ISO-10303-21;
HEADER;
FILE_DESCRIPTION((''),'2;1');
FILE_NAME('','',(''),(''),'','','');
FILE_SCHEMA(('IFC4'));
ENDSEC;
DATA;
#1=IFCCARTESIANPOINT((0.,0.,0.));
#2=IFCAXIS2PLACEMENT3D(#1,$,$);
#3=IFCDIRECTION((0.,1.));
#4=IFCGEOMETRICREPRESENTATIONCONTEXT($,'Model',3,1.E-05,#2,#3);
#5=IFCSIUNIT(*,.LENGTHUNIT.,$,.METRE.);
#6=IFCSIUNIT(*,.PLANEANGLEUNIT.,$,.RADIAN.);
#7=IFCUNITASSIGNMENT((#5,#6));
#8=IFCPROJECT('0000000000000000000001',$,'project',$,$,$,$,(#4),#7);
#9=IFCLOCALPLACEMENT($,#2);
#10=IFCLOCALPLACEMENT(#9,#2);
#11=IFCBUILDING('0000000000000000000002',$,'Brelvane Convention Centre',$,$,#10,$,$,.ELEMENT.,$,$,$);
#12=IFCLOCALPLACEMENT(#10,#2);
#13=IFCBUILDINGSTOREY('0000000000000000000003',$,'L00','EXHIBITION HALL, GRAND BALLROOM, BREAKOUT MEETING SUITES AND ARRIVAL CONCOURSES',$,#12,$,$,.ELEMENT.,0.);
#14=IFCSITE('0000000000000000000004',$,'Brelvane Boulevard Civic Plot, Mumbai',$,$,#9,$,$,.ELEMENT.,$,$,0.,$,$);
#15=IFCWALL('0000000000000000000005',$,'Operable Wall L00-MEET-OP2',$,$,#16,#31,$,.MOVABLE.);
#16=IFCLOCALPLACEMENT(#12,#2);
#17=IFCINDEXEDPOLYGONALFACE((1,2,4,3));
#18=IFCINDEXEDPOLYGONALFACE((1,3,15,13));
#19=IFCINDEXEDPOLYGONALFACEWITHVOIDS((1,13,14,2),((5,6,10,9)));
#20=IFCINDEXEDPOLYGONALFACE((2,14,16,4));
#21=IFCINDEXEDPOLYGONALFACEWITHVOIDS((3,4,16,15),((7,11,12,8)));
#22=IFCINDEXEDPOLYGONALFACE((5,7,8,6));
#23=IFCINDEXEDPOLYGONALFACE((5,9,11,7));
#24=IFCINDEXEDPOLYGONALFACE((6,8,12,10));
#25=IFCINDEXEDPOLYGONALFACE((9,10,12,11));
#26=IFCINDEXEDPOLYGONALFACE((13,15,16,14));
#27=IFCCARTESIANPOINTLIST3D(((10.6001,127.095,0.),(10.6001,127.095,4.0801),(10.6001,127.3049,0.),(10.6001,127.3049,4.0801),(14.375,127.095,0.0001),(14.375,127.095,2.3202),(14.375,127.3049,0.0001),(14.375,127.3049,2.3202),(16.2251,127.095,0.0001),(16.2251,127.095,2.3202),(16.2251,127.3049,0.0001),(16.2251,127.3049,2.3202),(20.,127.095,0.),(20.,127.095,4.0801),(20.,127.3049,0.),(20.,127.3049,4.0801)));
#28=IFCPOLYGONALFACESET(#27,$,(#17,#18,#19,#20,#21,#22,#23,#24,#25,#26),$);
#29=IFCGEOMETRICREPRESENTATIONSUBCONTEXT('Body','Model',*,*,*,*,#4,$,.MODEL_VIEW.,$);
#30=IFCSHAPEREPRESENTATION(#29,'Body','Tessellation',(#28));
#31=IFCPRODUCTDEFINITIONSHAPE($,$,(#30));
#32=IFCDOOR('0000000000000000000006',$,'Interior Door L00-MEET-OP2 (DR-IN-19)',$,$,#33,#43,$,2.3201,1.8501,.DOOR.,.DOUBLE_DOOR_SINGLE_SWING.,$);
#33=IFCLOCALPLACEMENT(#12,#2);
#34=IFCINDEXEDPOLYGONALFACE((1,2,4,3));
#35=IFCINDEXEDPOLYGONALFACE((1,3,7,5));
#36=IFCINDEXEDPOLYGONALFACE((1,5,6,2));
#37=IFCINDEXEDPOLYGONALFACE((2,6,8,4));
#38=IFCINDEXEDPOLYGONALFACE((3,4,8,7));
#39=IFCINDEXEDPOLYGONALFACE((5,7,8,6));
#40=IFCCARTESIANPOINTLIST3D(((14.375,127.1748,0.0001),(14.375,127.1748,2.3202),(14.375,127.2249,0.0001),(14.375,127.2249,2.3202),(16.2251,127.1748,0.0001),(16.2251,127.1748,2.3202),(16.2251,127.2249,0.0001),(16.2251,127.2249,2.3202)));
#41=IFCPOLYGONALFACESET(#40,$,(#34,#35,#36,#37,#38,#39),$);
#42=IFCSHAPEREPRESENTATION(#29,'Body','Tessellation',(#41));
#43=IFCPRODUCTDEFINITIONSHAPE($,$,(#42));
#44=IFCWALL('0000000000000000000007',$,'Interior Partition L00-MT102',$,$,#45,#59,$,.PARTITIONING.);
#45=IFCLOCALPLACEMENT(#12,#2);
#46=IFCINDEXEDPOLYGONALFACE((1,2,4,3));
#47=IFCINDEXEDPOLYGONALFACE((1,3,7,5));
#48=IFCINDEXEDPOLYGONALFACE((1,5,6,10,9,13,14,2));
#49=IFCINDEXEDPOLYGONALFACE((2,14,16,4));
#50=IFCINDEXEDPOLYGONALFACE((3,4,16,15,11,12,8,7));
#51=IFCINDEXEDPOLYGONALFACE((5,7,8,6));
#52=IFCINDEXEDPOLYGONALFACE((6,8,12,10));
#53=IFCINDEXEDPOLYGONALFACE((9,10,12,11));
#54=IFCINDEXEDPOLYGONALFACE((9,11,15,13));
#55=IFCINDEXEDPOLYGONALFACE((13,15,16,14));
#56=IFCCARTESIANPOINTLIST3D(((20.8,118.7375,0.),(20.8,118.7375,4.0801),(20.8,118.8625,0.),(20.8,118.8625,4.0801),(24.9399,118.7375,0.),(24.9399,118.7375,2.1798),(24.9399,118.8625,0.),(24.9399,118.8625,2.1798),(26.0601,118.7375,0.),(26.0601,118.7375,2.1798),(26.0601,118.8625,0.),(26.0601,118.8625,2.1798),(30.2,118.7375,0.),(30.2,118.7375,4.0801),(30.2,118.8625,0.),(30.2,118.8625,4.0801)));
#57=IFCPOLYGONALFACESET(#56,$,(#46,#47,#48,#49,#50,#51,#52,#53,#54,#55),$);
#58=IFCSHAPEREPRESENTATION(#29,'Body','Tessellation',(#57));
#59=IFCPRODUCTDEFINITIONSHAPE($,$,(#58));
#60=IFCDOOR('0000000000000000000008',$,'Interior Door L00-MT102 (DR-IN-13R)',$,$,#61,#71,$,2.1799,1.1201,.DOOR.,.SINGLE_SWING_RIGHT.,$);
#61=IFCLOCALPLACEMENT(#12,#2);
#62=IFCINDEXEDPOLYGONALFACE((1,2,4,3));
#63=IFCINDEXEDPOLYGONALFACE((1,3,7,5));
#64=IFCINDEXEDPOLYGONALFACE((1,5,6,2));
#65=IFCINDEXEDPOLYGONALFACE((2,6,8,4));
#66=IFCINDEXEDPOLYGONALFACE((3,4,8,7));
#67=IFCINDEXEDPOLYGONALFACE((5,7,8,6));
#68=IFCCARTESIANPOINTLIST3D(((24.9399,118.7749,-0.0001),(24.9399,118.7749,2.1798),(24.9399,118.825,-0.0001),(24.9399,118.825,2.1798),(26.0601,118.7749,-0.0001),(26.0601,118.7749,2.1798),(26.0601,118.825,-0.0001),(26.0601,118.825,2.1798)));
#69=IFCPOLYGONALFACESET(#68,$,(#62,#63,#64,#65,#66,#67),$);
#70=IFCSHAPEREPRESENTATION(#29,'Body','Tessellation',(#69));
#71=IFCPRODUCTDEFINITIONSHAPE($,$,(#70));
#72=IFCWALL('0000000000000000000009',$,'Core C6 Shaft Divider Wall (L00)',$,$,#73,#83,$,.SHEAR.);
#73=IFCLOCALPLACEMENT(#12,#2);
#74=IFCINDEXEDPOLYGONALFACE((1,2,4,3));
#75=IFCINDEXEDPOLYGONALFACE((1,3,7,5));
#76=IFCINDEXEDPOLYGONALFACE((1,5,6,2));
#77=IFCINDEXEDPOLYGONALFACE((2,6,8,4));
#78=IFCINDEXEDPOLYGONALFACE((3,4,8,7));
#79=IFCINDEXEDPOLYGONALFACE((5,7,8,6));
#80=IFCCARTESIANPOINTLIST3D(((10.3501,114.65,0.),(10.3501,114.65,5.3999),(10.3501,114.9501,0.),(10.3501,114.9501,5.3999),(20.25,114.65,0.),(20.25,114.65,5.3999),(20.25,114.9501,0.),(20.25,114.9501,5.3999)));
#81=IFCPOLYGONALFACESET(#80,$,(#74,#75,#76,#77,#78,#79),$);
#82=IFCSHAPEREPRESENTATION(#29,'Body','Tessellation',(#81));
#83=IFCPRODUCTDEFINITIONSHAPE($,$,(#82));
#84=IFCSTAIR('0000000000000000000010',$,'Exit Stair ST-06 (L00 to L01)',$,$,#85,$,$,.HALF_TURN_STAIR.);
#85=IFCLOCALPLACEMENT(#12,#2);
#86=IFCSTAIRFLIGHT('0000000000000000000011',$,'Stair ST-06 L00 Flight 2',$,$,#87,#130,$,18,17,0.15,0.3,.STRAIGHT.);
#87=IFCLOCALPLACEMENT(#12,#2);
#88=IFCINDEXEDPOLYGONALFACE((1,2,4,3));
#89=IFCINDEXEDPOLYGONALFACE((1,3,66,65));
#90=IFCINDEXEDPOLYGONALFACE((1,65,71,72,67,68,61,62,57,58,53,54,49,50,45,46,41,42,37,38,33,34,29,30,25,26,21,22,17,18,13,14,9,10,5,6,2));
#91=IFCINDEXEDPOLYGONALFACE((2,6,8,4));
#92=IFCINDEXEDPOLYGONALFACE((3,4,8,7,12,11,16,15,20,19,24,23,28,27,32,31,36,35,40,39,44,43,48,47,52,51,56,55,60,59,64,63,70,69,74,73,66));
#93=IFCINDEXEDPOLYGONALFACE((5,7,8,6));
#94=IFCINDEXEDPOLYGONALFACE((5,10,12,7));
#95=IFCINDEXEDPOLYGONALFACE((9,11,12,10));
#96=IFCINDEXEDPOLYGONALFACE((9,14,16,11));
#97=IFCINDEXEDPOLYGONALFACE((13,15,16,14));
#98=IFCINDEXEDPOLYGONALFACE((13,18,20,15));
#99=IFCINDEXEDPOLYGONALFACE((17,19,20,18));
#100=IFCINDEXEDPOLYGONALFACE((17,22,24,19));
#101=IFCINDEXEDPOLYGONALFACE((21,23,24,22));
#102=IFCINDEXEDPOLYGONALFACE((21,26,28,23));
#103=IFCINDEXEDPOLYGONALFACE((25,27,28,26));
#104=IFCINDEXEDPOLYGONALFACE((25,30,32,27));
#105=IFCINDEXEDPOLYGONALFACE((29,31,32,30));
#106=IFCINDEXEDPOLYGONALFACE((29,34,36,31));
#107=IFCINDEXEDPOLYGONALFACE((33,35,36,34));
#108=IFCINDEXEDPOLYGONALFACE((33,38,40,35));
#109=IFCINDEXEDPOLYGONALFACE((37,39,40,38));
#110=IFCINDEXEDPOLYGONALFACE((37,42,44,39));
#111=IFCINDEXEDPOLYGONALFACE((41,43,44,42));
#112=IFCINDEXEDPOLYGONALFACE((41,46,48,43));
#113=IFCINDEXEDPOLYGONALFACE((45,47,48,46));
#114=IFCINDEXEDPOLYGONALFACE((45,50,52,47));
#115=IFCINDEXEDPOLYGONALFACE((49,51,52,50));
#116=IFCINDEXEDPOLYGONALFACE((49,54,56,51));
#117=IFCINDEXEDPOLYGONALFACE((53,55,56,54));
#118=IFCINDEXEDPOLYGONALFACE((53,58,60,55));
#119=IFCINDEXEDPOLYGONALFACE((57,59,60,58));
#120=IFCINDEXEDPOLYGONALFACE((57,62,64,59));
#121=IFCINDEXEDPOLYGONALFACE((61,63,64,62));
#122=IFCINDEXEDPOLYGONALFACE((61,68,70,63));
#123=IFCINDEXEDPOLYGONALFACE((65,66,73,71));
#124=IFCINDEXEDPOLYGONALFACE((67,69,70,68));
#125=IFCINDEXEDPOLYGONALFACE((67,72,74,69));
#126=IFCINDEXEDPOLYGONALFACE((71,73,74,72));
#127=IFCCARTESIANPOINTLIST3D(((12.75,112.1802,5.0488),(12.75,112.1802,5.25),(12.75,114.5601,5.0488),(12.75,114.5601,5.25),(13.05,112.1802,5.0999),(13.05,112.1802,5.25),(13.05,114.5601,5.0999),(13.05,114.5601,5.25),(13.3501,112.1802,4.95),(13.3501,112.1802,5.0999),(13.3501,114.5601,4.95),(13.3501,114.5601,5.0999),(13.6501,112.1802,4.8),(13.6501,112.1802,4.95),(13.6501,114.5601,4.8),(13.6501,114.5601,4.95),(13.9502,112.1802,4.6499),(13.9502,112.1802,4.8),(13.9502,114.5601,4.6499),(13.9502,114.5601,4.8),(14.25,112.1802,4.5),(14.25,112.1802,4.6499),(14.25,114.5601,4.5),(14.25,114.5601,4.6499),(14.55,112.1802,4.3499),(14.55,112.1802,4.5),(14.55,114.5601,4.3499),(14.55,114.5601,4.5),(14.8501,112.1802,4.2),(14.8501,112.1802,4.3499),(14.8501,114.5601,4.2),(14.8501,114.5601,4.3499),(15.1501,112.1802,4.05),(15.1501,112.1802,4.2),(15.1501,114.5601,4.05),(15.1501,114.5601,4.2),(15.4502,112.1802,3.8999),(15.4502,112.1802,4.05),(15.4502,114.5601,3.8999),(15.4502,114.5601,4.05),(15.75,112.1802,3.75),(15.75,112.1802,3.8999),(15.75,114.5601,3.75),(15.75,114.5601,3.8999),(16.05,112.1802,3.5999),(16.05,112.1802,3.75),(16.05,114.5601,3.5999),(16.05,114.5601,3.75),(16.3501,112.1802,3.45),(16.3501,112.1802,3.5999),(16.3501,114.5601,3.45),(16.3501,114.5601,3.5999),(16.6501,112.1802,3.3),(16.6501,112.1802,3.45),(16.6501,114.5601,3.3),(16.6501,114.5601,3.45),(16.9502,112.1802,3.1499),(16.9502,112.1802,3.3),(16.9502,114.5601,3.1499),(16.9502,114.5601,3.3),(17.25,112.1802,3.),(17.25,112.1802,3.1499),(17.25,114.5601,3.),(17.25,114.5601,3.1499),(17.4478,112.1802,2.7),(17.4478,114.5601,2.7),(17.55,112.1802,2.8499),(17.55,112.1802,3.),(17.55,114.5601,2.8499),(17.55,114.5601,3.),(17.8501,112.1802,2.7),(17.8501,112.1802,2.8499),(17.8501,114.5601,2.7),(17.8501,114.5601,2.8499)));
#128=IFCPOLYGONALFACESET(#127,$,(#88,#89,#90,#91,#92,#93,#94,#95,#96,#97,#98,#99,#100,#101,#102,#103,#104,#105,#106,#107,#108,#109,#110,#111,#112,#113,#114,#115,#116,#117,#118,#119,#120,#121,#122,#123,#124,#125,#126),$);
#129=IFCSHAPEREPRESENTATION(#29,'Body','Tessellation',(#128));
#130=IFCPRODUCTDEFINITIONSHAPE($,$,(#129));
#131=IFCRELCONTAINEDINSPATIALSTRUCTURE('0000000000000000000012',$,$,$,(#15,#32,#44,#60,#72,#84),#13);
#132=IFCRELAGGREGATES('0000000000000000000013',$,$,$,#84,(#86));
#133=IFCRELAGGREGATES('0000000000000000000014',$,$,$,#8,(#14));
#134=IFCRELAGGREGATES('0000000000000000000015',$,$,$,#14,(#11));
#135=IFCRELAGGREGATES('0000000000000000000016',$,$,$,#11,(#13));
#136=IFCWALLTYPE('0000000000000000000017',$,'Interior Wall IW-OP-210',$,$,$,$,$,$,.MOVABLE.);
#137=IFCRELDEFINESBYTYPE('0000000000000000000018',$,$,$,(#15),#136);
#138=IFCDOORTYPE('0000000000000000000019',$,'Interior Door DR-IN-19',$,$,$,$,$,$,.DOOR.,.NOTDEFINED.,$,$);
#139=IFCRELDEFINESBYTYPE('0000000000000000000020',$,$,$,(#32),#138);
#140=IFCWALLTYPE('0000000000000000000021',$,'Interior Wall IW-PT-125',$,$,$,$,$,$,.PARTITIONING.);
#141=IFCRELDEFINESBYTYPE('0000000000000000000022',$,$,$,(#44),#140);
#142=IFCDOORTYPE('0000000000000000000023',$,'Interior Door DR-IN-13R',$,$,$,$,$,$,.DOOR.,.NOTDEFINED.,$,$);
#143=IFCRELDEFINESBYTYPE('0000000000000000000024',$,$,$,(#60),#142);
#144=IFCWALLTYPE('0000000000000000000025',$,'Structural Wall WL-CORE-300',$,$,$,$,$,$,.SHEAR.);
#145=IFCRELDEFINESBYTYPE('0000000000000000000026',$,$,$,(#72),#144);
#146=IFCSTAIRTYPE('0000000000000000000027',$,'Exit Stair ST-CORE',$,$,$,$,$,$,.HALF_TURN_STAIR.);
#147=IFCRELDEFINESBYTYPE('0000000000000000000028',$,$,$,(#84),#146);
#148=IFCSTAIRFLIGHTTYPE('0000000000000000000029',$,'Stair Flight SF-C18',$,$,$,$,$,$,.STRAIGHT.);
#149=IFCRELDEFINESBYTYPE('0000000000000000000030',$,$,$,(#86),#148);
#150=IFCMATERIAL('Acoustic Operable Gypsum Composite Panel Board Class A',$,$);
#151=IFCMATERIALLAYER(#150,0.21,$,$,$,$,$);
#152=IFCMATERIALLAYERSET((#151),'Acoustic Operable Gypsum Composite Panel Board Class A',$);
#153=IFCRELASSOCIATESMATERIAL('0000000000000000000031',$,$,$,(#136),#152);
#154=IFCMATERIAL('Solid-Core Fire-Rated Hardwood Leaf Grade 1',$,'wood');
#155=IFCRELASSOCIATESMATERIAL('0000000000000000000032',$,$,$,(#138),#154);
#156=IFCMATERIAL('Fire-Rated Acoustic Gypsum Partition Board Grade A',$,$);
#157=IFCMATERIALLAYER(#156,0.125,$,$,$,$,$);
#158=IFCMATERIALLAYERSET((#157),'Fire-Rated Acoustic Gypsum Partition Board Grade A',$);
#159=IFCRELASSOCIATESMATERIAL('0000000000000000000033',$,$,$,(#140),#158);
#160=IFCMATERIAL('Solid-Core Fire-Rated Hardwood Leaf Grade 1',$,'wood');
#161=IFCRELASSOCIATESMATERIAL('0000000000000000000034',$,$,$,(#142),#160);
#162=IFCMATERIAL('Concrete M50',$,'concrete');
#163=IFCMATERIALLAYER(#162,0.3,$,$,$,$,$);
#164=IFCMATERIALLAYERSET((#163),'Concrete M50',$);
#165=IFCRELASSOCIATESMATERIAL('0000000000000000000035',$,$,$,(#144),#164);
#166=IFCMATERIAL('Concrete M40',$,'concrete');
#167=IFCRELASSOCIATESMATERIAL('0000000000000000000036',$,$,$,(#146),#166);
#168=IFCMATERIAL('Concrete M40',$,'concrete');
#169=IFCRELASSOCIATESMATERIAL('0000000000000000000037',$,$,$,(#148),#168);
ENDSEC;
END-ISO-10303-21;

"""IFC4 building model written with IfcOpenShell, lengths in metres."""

from ifc_helpers import new_model, si_unit, direction, frame, frame_2d, origin, place, context, subcontext, project, spatial, polyline, rectangle, outline, extrude, material, layer, layer_set, type_object, element, fill, aggregate, save


model = new_model("IFC4")

# Units and contexts
model_context = context("Model", 3, precision=1e-05, world=origin(), true_north=direction((0.0, 1.0)))
body_context = subcontext(model_context, "Body", "Model", "MODEL_VIEW")
ifc_project = project(units=[si_unit("LENGTHUNIT", "METRE"), si_unit("PLANEANGLEUNIT", "RADIAN")], contexts=[model_context])

# Site, building, storey
site_placement = place(None, origin())
site = spatial("IfcSite", under=ifc_project, at=site_placement, Name="Brelvane Boulevard Civic Plot, Mumbai", CompositionType="ELEMENT", RefElevation=0.0)
building_placement = place(site_placement, origin())
building = spatial("IfcBuilding", under=site, at=building_placement, Name="Brelvane Convention Centre", CompositionType="ELEMENT")
storey_placement = place(building_placement, origin())
storey = spatial("IfcBuildingStorey", under=building, at=storey_placement, Name="L00", Description="EXHIBITION HALL, GRAND BALLROOM, BREAKOUT MEETING SUITES AND ARRIVAL CONCOURSES", CompositionType="ELEMENT", Elevation=0.0)

# Walls, openings, doors
ifc_material_1 = material(Name="Acoustic Operable Gypsum Composite Panel Board Class A")
ifc_layer_1 = layer(ifc_material_1, 0.21)
ifc_layer_set_1 = layer_set([ifc_layer_1], Name="Acoustic Operable Gypsum Composite Panel Board Class A")
wall_type_1 = type_object("IfcWallType", Name="Interior Wall IW-OP-210", PredefinedType="MOVABLE", material=ifc_layer_set_1)
wall_1_placement = place(storey_placement, frame((10.6001, 127.2, 0.0), z_axis=(0.0, 0.0, 1.0), x_axis=(1.0, 0.0, 0.0)))
wall_1 = element("IfcWall", 1, at=wall_1_placement, inside=storey, type_object=wall_type_1, Name="Operable Wall L00-MEET-OP2", PredefinedType="MOVABLE", context=body_context, shape_type="SweptSolid", body=[
    extrude(rectangle(XDim=9.3999, YDim=0.21, at=frame_2d((4.7, 0.0))), origin(), (0.0, 0.0, 1.0), 4.0801),
])
opening_1_placement = place(wall_1_placement, frame((3.7749, 0.0, 0.0)))
opening_1 = element("IfcOpeningElement", 2, at=opening_1_placement, cuts=wall_1, PredefinedType="OPENING", context=body_context, shape_type="SweptSolid", body=[
    extrude(rectangle(XDim=1.8501, YDim=2.3201, at=frame_2d((0.925, 1.1602))), frame((0.0, 0.115, 0.0), z_axis=(0.0, -1.0, 0.0), x_axis=(1.0, 0.0, 0.0)), (0.0, 0.0, 1.0), 0.23),
])
ifc_material_2 = material(Name="Solid-Core Fire-Rated Hardwood Leaf Grade 1", Category="wood")
door_type_1 = type_object("IfcDoorType", Name="Interior Door DR-IN-19", OperationType="NOTDEFINED", PredefinedType="DOOR", material=ifc_material_2)
door_1_placement = place(opening_1_placement, origin())
door_1 = element("IfcDoor", 3, at=door_1_placement, inside=storey, type_object=door_type_1, Name="Interior Door L00-MEET-OP2 (DR-IN-19)", OperationType="DOUBLE_DOOR_SINGLE_SWING", OverallHeight=2.3201, OverallWidth=1.8501, PredefinedType="DOOR", context=body_context, shape_type="SweptSolid", body=[
    extrude(rectangle(XDim=1.8501, YDim=2.3201, at=frame_2d((0.925, 1.1602))), frame((0.0, 0.0249, 0.0), z_axis=(0.0, -1.0, 0.0), x_axis=(1.0, 0.0, 0.0)), (0.0, 0.0, 1.0), 0.05),
])
fill(opening_1, door_1)
ifc_material_3 = material(Name="Fire-Rated Acoustic Gypsum Partition Board Grade A")
ifc_layer_2 = layer(ifc_material_3, 0.125)
ifc_layer_set_2 = layer_set([ifc_layer_2], Name="Fire-Rated Acoustic Gypsum Partition Board Grade A")
wall_type_2 = type_object("IfcWallType", Name="Interior Wall IW-PT-125", PredefinedType="PARTITIONING", material=ifc_layer_set_2)
wall_2_placement = place(storey_placement, frame((20.8, 118.8, 0.0), z_axis=(0.0, 0.0, 1.0), x_axis=(1.0, 0.0, 0.0)))
wall_2 = element("IfcWall", 4, at=wall_2_placement, inside=storey, type_object=wall_type_2, Name="Interior Partition L00-MT102", PredefinedType="PARTITIONING", context=body_context, shape_type="SweptSolid", body=[
    extrude(rectangle(XDim=9.3999, YDim=0.125, at=frame_2d((4.7, 0.0))), origin(), (0.0, 0.0, 1.0), 4.0801),
])
opening_2_placement = place(wall_2_placement, frame((4.1399, 0.0, 0.0)))
opening_2 = element("IfcOpeningElement", 5, at=opening_2_placement, cuts=wall_2, PredefinedType="OPENING", context=body_context, shape_type="SweptSolid", body=[
    extrude(rectangle(XDim=1.1201, YDim=2.1799, at=frame_2d((0.5601, 1.0898))), frame((0.0, 0.0725, 0.0), z_axis=(0.0, -1.0, 0.0), x_axis=(1.0, 0.0, 0.0)), (0.0, 0.0, 1.0), 0.145),
])
ifc_material_4 = material(Name="Solid-Core Fire-Rated Hardwood Leaf Grade 1", Category="wood")
door_type_2 = type_object("IfcDoorType", Name="Interior Door DR-IN-13R", OperationType="NOTDEFINED", PredefinedType="DOOR", material=ifc_material_4)
door_2_placement = place(opening_2_placement, origin())
door_2 = element("IfcDoor", 6, at=door_2_placement, inside=storey, type_object=door_type_2, Name="Interior Door L00-MT102 (DR-IN-13R)", OperationType="SINGLE_SWING_RIGHT", OverallHeight=2.1799, OverallWidth=1.1201, PredefinedType="DOOR", context=body_context, shape_type="SweptSolid", body=[
    extrude(rectangle(XDim=1.1201, YDim=2.1799, at=frame_2d((0.5601, 1.0898))), frame((0.0, 0.0249, 0.0), z_axis=(0.0, -1.0, 0.0), x_axis=(1.0, 0.0, 0.0)), (0.0, 0.0, 1.0), 0.05),
])
fill(opening_2, door_2)

# Wall
ifc_material_5 = material(Name="Concrete M50", Category="concrete")
ifc_layer_3 = layer(ifc_material_5, 0.3)
ifc_layer_set_3 = layer_set([ifc_layer_3], Name="Concrete M50")
wall_type_3 = type_object("IfcWallType", Name="Structural Wall WL-CORE-300", PredefinedType="SHEAR", material=ifc_layer_set_3)
wall_3_placement = place(storey_placement, frame((10.3501, 114.8, 0.0), z_axis=(0.0, 0.0, 1.0), x_axis=(1.0, 0.0, 0.0)))
element("IfcWall", 7, at=wall_3_placement, inside=storey, type_object=wall_type_3, Name="Core C6 Shaft Divider Wall (L00)", PredefinedType="SHEAR", context=body_context, shape_type="SweptSolid", body=[
    extrude(rectangle(XDim=9.8999, YDim=0.3, at=frame_2d((4.95, 0.0))), origin(), (0.0, 0.0, 1.0), 5.3999),
])

# Stair, stair flight
ifc_material_6 = material(Name="Concrete M40", Category="concrete")
stair_type = type_object("IfcStairType", Name="Exit Stair ST-CORE", PredefinedType="HALF_TURN_STAIR", material=ifc_material_6)
stair_placement = place(storey_placement, origin())
stair = element("IfcStair", 8, at=stair_placement, inside=storey, type_object=stair_type, Name="Exit Stair ST-06 (L00 to L01)", PredefinedType="HALF_TURN_STAIR")
ifc_material_7 = material(Name="Concrete M40", Category="concrete")
stair_flight_type = type_object("IfcStairFlightType", Name="Stair Flight SF-C18", PredefinedType="STRAIGHT", material=ifc_material_7)
stair_flight_placement = place(storey_placement, frame((17.8501, 113.3701, 2.7), z_axis=(0.0, 0.0, 1.0), x_axis=(-1.0, 0.0, 0.0)))
stair_flight = element("IfcStairFlight", 9, at=stair_flight_placement, type_object=stair_flight_type, Name="Stair ST-06 L00 Flight 2", NumberOfRisers=18, NumberOfTreads=17, PredefinedType="STRAIGHT", RiserHeight=0.15, TreadLength=0.3, context=body_context, shape_type="SweptSolid", body=[
    extrude(outline(polyline([(0.0, 0.0), (0.0, 0.1499), (0.3, 0.1499), (0.3, 0.3), (0.6001, 0.3), (0.6001, 0.45), (0.8999, 0.45), (0.8999, 0.6001), (1.2, 0.6001), (1.2, 0.75), (1.5, 0.75), (1.5, 0.8999), (1.8, 0.8999), (1.8, 1.05), (2.1001, 1.05), (2.1001, 1.2), (2.3999, 1.2), (2.3999, 1.3501), (2.7, 1.3501), (2.7, 1.5), (3.0, 1.5), (3.0, 1.6499), (3.3, 1.6499), (3.3, 1.8), (3.6001, 1.8), (3.6001, 1.95), (3.8999, 1.95), (3.8999, 2.1001), (4.2, 2.1001), (4.2, 2.25), (4.5, 2.25), (4.5, 2.3999), (4.8, 2.3999), (4.8, 2.55), (5.1001, 2.55), (5.1001, 2.7), (5.1001, 2.3489), (0.4023, 0.0), (0.0, 0.0)])), frame((0.0, 1.1899, 0.0), z_axis=(0.0, -1.0, 0.0), x_axis=(1.0, 0.0, 0.0)), (0.0, 0.0, 1.0), 2.3799),
])
aggregate(stair, [stair_flight])

save(model, "model.ifc")
